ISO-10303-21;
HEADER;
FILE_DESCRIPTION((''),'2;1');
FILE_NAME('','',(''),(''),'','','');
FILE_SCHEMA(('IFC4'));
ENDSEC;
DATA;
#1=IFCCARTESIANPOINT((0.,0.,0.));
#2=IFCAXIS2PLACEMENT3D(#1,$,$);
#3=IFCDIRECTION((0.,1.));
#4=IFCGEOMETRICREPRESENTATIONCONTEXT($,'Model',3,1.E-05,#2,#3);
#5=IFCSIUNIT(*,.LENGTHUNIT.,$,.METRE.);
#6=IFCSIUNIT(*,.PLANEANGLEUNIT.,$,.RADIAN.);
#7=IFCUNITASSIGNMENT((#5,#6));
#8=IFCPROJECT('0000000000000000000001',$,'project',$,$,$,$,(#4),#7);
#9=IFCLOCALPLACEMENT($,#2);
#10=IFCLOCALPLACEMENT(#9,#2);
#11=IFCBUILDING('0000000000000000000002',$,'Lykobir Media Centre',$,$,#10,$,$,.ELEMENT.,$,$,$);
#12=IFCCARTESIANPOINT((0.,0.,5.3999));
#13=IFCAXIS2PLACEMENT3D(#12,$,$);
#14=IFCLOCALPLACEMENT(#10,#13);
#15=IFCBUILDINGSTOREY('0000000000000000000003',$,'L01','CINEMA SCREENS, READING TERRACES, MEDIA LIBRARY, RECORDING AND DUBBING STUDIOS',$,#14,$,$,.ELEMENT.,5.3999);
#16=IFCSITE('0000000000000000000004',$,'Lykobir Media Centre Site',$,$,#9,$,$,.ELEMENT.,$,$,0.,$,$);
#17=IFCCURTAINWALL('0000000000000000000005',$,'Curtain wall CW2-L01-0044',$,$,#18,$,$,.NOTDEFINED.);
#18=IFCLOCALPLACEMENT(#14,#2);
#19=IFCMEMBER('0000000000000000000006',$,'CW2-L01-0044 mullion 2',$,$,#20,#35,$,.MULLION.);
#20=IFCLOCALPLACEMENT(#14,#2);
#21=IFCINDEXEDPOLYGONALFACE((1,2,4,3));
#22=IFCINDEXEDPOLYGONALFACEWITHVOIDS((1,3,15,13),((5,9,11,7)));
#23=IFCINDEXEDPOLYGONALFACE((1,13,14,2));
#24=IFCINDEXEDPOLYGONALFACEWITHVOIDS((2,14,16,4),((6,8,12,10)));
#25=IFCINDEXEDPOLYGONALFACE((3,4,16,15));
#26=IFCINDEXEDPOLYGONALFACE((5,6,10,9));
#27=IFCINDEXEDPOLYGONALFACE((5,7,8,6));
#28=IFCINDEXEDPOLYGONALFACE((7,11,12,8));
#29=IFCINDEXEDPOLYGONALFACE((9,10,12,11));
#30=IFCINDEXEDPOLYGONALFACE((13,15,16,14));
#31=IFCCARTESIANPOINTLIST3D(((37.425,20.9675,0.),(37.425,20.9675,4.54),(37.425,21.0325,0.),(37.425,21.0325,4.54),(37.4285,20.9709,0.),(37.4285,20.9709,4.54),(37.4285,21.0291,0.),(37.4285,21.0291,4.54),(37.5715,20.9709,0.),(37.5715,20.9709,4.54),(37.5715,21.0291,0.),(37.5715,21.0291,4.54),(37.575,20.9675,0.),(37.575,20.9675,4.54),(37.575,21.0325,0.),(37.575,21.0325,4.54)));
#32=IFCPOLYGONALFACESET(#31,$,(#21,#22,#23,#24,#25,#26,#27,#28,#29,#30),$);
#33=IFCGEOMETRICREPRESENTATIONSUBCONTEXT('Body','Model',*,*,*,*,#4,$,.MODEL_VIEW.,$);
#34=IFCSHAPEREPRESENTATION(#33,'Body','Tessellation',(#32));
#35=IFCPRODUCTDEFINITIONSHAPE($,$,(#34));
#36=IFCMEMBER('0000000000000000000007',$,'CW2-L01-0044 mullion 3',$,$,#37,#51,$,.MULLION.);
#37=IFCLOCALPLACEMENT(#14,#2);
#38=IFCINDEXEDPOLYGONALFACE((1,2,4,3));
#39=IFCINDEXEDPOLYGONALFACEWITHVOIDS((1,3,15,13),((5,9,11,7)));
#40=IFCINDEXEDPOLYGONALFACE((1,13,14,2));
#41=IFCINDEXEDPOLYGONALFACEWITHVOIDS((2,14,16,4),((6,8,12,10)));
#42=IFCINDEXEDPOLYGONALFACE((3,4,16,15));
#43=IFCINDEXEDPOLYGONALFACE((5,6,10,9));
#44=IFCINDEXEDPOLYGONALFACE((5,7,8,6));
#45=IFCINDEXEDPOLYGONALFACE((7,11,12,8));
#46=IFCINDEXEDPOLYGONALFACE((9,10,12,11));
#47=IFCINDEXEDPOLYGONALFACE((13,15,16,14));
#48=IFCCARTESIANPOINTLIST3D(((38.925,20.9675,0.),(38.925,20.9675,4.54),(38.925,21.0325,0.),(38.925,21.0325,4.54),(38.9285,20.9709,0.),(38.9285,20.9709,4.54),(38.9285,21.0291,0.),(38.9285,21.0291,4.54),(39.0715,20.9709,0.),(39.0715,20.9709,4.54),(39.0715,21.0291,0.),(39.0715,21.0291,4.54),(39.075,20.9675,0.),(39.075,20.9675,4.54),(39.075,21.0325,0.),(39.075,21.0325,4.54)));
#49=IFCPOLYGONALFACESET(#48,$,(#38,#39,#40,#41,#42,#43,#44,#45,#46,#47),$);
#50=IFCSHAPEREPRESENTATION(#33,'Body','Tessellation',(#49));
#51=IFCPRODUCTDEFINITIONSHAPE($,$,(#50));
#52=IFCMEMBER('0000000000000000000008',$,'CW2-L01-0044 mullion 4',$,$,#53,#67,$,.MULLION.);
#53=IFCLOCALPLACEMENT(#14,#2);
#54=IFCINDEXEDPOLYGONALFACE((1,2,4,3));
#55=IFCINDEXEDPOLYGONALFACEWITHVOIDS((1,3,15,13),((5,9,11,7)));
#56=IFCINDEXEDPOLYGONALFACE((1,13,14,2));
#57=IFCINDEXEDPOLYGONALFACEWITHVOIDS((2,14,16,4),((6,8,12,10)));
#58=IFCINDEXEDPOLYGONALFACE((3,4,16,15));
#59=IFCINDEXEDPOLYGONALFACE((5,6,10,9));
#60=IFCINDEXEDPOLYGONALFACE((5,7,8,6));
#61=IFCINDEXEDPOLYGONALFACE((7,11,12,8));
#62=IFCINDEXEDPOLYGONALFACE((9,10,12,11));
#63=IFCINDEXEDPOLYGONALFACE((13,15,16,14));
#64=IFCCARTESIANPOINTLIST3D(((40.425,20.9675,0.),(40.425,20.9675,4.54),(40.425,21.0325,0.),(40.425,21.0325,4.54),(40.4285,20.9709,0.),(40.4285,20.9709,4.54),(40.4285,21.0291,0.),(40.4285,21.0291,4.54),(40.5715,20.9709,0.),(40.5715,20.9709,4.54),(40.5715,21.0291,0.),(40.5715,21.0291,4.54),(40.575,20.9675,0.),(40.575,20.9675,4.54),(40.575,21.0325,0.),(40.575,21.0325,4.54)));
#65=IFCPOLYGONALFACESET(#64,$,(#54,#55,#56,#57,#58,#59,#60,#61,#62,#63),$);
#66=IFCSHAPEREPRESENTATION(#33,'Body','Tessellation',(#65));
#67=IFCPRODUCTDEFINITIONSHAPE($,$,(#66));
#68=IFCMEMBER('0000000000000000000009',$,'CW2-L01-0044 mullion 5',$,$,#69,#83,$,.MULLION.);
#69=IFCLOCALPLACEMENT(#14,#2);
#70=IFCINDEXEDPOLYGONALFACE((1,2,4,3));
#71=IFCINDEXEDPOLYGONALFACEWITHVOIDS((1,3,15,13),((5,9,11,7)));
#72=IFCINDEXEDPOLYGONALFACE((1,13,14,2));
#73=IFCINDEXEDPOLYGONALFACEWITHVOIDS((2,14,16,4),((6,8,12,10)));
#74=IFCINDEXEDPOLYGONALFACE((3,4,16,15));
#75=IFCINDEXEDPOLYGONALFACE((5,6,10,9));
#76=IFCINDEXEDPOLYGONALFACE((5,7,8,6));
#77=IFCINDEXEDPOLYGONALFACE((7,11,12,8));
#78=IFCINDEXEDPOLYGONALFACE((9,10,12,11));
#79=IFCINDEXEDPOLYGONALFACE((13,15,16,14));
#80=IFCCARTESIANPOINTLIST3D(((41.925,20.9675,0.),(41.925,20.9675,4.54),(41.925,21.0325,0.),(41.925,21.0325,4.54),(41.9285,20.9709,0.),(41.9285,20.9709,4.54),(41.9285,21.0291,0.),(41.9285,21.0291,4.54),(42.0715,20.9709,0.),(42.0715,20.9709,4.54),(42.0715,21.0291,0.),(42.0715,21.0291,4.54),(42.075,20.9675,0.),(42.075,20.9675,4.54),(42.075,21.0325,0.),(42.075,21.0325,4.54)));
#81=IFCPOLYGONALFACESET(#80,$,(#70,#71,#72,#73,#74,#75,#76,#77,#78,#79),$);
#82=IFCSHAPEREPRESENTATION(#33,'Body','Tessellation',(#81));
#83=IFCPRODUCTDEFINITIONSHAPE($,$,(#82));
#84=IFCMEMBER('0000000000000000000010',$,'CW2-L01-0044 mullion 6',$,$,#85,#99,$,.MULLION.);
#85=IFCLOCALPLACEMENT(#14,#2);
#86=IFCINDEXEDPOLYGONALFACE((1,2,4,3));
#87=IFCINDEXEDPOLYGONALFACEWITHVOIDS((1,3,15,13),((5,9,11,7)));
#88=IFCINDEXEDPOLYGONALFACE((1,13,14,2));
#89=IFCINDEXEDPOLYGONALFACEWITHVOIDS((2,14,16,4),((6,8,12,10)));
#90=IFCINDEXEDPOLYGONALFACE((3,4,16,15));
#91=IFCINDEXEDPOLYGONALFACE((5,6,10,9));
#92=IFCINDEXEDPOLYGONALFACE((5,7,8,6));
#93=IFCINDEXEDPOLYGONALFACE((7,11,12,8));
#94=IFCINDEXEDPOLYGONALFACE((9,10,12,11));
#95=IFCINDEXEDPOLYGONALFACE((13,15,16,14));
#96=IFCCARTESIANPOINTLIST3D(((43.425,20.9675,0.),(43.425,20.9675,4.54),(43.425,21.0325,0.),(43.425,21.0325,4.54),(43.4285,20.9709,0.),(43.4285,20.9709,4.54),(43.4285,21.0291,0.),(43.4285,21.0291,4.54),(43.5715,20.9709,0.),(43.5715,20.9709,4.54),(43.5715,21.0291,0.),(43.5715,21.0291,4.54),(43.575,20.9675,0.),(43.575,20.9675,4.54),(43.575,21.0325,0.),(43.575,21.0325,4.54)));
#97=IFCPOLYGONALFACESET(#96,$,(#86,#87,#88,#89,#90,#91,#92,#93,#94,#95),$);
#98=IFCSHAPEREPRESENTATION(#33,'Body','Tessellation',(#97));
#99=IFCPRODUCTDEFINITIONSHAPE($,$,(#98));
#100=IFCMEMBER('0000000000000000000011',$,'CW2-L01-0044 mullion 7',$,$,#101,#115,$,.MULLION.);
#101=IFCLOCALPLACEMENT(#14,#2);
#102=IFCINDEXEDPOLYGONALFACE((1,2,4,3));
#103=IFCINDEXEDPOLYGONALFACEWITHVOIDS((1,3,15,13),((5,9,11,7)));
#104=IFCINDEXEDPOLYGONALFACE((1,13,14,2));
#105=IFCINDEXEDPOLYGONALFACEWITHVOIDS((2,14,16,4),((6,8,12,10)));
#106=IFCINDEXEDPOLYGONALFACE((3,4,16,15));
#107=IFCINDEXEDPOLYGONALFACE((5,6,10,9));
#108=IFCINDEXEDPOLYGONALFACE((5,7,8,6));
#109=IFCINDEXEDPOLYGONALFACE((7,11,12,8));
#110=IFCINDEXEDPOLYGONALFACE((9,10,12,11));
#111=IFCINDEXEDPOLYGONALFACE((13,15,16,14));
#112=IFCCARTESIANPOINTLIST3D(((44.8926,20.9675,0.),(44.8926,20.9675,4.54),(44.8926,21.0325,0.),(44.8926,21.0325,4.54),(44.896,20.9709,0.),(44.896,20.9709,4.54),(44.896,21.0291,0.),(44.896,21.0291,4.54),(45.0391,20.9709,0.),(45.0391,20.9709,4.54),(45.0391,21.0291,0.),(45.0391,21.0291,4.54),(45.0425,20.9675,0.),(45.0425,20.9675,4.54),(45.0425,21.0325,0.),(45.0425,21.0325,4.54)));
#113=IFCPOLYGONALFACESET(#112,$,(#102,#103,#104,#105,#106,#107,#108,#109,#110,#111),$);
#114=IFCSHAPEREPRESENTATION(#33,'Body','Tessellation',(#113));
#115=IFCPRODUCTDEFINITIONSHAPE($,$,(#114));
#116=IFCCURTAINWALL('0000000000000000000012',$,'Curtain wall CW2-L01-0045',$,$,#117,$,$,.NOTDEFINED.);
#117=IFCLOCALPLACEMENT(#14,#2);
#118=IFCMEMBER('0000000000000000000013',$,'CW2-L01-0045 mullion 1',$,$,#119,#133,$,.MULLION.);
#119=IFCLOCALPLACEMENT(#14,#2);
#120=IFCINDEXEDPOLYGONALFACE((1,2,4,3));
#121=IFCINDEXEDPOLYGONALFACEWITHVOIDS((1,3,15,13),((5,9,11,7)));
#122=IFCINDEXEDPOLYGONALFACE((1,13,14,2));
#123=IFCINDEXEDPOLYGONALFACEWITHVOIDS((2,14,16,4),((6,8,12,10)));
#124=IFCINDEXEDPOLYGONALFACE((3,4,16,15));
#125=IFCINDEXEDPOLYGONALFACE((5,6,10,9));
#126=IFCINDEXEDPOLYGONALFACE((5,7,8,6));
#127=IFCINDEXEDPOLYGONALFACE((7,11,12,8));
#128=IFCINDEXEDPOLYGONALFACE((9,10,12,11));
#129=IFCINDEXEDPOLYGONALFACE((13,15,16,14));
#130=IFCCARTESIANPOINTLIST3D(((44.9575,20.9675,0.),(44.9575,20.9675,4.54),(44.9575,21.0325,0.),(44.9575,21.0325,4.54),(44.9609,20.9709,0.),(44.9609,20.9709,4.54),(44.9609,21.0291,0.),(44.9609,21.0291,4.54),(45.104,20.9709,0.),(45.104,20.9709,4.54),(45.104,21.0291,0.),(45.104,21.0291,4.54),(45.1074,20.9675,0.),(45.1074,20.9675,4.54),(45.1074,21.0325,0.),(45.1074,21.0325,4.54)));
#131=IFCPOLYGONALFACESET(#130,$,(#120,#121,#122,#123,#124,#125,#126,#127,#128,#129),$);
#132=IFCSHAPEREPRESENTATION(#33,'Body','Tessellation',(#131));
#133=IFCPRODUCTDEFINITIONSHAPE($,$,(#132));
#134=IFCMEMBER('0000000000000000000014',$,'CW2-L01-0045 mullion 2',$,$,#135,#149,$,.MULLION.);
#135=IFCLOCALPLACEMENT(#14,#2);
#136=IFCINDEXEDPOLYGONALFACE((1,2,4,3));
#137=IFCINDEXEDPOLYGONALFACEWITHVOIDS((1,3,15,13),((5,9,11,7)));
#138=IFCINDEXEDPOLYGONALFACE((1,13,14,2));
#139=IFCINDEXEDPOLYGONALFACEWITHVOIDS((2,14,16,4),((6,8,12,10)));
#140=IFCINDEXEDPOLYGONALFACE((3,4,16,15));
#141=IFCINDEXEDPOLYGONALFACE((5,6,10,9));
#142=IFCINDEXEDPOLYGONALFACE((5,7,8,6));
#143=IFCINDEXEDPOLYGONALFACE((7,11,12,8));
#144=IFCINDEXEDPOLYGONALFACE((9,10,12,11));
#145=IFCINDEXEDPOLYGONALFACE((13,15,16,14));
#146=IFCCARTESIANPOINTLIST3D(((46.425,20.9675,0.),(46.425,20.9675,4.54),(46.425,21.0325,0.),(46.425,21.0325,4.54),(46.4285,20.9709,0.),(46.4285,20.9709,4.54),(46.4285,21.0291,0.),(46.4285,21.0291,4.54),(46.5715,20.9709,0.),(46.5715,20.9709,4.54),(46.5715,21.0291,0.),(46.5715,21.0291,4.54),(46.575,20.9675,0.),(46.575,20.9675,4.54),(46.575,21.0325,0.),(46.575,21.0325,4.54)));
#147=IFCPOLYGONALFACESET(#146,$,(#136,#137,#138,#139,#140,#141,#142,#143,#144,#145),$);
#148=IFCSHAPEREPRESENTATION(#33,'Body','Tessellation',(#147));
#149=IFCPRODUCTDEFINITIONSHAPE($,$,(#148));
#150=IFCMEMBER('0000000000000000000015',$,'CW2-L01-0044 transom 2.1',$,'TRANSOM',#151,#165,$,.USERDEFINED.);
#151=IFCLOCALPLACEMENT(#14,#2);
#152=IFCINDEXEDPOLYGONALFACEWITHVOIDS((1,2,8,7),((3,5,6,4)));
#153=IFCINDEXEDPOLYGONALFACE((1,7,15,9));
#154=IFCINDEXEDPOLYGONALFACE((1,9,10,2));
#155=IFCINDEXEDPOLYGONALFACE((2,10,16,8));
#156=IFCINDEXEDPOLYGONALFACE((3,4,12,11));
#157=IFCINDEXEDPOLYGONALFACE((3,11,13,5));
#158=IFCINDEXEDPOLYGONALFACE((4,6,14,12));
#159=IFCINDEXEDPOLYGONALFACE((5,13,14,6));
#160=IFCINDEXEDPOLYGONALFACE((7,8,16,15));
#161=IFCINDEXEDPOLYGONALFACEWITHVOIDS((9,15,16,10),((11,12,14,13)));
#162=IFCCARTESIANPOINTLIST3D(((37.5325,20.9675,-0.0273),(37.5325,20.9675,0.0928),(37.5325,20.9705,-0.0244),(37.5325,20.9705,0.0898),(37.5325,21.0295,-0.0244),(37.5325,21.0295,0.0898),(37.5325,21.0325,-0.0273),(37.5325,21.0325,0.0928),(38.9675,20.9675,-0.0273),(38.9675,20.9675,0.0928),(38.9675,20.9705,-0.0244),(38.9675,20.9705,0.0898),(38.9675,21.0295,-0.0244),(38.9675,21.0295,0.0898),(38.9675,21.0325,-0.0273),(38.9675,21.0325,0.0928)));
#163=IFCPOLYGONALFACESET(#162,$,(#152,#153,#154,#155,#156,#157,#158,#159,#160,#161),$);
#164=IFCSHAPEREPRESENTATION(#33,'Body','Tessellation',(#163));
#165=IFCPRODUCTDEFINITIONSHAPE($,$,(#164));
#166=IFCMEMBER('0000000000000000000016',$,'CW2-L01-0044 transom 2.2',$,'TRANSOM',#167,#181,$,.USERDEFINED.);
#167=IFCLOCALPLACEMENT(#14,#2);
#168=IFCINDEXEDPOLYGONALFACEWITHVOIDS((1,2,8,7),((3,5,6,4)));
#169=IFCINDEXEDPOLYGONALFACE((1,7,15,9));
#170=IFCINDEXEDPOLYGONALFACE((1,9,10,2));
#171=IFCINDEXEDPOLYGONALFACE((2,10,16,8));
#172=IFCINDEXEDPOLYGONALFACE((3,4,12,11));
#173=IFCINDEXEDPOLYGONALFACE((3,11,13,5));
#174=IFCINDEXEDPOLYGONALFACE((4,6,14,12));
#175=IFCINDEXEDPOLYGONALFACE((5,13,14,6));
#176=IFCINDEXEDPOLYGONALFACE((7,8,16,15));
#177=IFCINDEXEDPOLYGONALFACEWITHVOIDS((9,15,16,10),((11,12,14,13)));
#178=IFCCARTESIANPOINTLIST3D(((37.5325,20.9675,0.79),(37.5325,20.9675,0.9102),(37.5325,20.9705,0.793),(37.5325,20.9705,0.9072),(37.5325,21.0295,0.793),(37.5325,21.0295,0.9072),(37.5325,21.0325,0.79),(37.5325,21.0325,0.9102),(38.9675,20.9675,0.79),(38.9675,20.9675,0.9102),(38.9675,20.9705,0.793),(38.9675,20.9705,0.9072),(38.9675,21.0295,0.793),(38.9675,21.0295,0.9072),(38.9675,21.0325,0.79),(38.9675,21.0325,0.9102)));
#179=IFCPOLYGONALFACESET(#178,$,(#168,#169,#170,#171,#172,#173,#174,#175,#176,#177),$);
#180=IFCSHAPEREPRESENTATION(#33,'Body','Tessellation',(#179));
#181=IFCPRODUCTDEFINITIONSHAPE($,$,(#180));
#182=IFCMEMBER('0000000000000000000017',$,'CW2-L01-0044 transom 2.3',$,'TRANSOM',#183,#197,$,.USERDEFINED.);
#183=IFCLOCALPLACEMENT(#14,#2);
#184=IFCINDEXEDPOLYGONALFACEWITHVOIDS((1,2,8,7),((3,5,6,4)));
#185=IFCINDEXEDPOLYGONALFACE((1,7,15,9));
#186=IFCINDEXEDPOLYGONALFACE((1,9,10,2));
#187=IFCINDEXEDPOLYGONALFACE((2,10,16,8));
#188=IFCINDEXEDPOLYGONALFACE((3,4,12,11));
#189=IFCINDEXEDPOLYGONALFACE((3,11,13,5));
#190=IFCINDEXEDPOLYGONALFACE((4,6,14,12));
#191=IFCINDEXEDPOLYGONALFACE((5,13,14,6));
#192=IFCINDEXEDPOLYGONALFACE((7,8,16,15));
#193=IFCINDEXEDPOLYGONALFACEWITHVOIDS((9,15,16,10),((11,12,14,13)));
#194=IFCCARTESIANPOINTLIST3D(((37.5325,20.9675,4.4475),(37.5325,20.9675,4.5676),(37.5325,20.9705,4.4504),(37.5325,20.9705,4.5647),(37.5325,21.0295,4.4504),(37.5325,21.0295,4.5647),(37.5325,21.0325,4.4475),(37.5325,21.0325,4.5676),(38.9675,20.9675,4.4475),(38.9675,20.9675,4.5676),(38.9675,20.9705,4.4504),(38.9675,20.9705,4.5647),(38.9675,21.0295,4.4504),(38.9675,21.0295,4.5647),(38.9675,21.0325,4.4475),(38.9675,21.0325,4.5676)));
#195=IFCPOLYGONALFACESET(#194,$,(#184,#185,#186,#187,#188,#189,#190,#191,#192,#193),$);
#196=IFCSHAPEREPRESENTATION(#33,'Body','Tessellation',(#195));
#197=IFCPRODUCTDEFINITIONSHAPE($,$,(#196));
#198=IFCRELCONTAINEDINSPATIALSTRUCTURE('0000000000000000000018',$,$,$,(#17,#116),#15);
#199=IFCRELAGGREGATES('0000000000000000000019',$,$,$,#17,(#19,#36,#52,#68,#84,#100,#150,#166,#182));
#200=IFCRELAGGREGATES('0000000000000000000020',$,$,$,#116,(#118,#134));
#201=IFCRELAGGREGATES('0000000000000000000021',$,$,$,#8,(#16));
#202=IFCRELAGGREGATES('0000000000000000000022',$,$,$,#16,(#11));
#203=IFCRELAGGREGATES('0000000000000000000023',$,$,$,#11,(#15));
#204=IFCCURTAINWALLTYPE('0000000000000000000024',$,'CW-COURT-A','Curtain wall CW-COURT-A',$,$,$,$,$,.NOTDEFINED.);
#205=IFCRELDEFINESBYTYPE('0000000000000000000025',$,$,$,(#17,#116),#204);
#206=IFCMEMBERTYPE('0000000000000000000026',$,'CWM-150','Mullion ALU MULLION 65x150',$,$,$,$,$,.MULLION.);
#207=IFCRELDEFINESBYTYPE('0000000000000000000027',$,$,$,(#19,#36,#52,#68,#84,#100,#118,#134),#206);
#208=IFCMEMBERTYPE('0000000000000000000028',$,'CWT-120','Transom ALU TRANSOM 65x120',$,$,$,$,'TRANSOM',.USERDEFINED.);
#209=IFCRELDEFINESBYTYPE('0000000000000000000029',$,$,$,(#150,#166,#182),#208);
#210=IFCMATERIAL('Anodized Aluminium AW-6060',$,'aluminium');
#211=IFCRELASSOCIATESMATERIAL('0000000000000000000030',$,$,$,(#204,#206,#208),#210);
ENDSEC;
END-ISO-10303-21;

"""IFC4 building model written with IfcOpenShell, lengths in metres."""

from ifc_helpers import new_model, si_unit, direction, frame, origin, origin_2d, place, context, subcontext, project, spatial, hollow_rectangle, extrude, material, material_profile, profile_set, type_object, element, aggregate, save


model = new_model("IFC4")

# Units and contexts
model_context = context("Model", 3, precision=1e-05, world=origin(), true_north=direction((0.0, 1.0)))
body_context = subcontext(model_context, "Body", "Model", "MODEL_VIEW")
ifc_project = project(units=[si_unit("LENGTHUNIT", "METRE"), si_unit("PLANEANGLEUNIT", "RADIAN")], contexts=[model_context])

# Site, building, storey
site_placement = place(None, origin())
site = spatial("IfcSite", under=ifc_project, at=site_placement, Name="Lykobir Media Centre Site", CompositionType="ELEMENT", RefElevation=0.0)
building_placement = place(site_placement, origin())
building = spatial("IfcBuilding", under=site, at=building_placement, Name="Lykobir Media Centre", CompositionType="ELEMENT")
storey_placement = place(building_placement, frame((0.0, 0.0, 5.3999)))
storey = spatial("IfcBuildingStorey", under=building, at=storey_placement, Name="L01", Description="CINEMA SCREENS, READING TERRACES, MEDIA LIBRARY, RECORDING AND DUBBING STUDIOS", CompositionType="ELEMENT", Elevation=5.3999)

# Curtain walls, members
ifc_material_1 = material(Name="Anodized Aluminium AW-6060", Category="aluminium")
curtain_wall_type = type_object("IfcCurtainWallType", Name="CW-COURT-A", Description="Curtain wall CW-COURT-A", PredefinedType="NOTDEFINED", material=ifc_material_1)
curtain_wall_1_placement = place(storey_placement, origin())
curtain_wall_1 = element("IfcCurtainWall", 1, at=curtain_wall_1_placement, inside=storey, type_object=curtain_wall_type, Name="Curtain wall CW2-L01-0044", PredefinedType="NOTDEFINED")
ifc_material_profile_1 = material_profile(ifc_material_1, hollow_rectangle(XDim=0.0649, YDim=0.1499, WallThickness=0.0034, at=origin_2d()), Name="ALU MULLION 65x150")
ifc_profile_set_1 = profile_set([ifc_material_profile_1], Name="Anodized Aluminium AW-6060")
member_type_1 = type_object("IfcMemberType", Name="CWM-150", Description="Mullion ALU MULLION 65x150", PredefinedType="MULLION", material=ifc_profile_set_1)
member_1_placement = place(storey_placement, frame((37.5, 21.0, 0.0), z_axis=(0.0, 0.0, 1.0), x_axis=(0.0, 1.0, 0.0)))
member_1 = element("IfcMember", 2, at=member_1_placement, type_object=member_type_1, Name="CW2-L01-0044 mullion 2", PredefinedType="MULLION", context=body_context, shape_type="SweptSolid", body=[
    extrude(hollow_rectangle(XDim=0.0649, YDim=0.1499, WallThickness=0.0034, at=origin_2d()), origin(), (0.0, 0.0, 1.0), 4.54),
])
member_2_placement = place(storey_placement, frame((39.0, 21.0, 0.0), z_axis=(0.0, 0.0, 1.0), x_axis=(0.0, 1.0, 0.0)))
member_2 = element("IfcMember", 3, at=member_2_placement, type_object=member_type_1, Name="CW2-L01-0044 mullion 3", PredefinedType="MULLION", context=body_context, shape_type="SweptSolid", body=[
    extrude(hollow_rectangle(XDim=0.0649, YDim=0.1499, WallThickness=0.0034, at=origin_2d()), origin(), (0.0, 0.0, 1.0), 4.54),
])
member_3_placement = place(storey_placement, frame((40.5, 21.0, 0.0), z_axis=(0.0, 0.0, 1.0), x_axis=(0.0, 1.0, 0.0)))
member_3 = element("IfcMember", 4, at=member_3_placement, type_object=member_type_1, Name="CW2-L01-0044 mullion 4", PredefinedType="MULLION", context=body_context, shape_type="SweptSolid", body=[
    extrude(hollow_rectangle(XDim=0.0649, YDim=0.1499, WallThickness=0.0034, at=origin_2d()), origin(), (0.0, 0.0, 1.0), 4.54),
])
member_4_placement = place(storey_placement, frame((42.0, 21.0, 0.0), z_axis=(0.0, 0.0, 1.0), x_axis=(0.0, 1.0, 0.0)))
member_4 = element("IfcMember", 5, at=member_4_placement, type_object=member_type_1, Name="CW2-L01-0044 mullion 5", PredefinedType="MULLION", context=body_context, shape_type="SweptSolid", body=[
    extrude(hollow_rectangle(XDim=0.0649, YDim=0.1499, WallThickness=0.0034, at=origin_2d()), origin(), (0.0, 0.0, 1.0), 4.54),
])
member_5_placement = place(storey_placement, frame((43.5, 21.0, 0.0), z_axis=(0.0, 0.0, 1.0), x_axis=(0.0, 1.0, 0.0)))
member_5 = element("IfcMember", 6, at=member_5_placement, type_object=member_type_1, Name="CW2-L01-0044 mullion 6", PredefinedType="MULLION", context=body_context, shape_type="SweptSolid", body=[
    extrude(hollow_rectangle(XDim=0.0649, YDim=0.1499, WallThickness=0.0034, at=origin_2d()), origin(), (0.0, 0.0, 1.0), 4.54),
])
member_6_placement = place(storey_placement, frame((44.9675, 21.0, 0.0), z_axis=(0.0, 0.0, 1.0), x_axis=(0.0, 1.0, 0.0)))
member_6 = element("IfcMember", 7, at=member_6_placement, type_object=member_type_1, Name="CW2-L01-0044 mullion 7", PredefinedType="MULLION", context=body_context, shape_type="SweptSolid", body=[
    extrude(hollow_rectangle(XDim=0.0649, YDim=0.1499, WallThickness=0.0034, at=origin_2d()), origin(), (0.0, 0.0, 1.0), 4.54),
])
curtain_wall_2_placement = place(storey_placement, origin())
curtain_wall_2 = element("IfcCurtainWall", 8, at=curtain_wall_2_placement, inside=storey, type_object=curtain_wall_type, Name="Curtain wall CW2-L01-0045", PredefinedType="NOTDEFINED")
member_7_placement = place(storey_placement, frame((45.0325, 21.0, 0.0), z_axis=(0.0, 0.0, 1.0), x_axis=(0.0, 1.0, 0.0)))
member_7 = element("IfcMember", 9, at=member_7_placement, type_object=member_type_1, Name="CW2-L01-0045 mullion 1", PredefinedType="MULLION", context=body_context, shape_type="SweptSolid", body=[
    extrude(hollow_rectangle(XDim=0.0649, YDim=0.1499, WallThickness=0.0034, at=origin_2d()), origin(), (0.0, 0.0, 1.0), 4.54),
])
member_8_placement = place(storey_placement, frame((46.5, 21.0, 0.0), z_axis=(0.0, 0.0, 1.0), x_axis=(0.0, 1.0, 0.0)))
member_8 = element("IfcMember", 10, at=member_8_placement, type_object=member_type_1, Name="CW2-L01-0045 mullion 2", PredefinedType="MULLION", context=body_context, shape_type="SweptSolid", body=[
    extrude(hollow_rectangle(XDim=0.0649, YDim=0.1499, WallThickness=0.0034, at=origin_2d()), origin(), (0.0, 0.0, 1.0), 4.54),
])

# Members
ifc_material_profile_2 = material_profile(ifc_material_1, hollow_rectangle(XDim=0.0649, YDim=0.1201, WallThickness=0.0029, at=origin_2d()), Name="ALU TRANSOM 65x120")
ifc_profile_set_2 = profile_set([ifc_material_profile_2], Name="Anodized Aluminium AW-6060")
member_type_2 = type_object("IfcMemberType", Name="CWT-120", Description="Transom ALU TRANSOM 65x120", ElementType="TRANSOM", PredefinedType="USERDEFINED", material=ifc_profile_set_2)
member_9_placement = place(storey_placement, frame((37.5325, 21.0, 0.0327), z_axis=(1.0, 0.0, 0.0), x_axis=(0.0, 1.0, 0.0)))
member_9 = element("IfcMember", 11, at=member_9_placement, type_object=member_type_2, Name="CW2-L01-0044 transom 2.1", ObjectType="TRANSOM", PredefinedType="USERDEFINED", context=body_context, shape_type="SweptSolid", body=[
    extrude(hollow_rectangle(XDim=0.0649, YDim=0.1201, WallThickness=0.0029, at=origin_2d()), origin(), (0.0, 0.0, 1.0), 1.4351),
])
member_10_placement = place(storey_placement, frame((37.5325, 21.0, 0.8501), z_axis=(1.0, 0.0, 0.0), x_axis=(0.0, 1.0, 0.0)))
member_10 = element("IfcMember", 12, at=member_10_placement, type_object=member_type_2, Name="CW2-L01-0044 transom 2.2", ObjectType="TRANSOM", PredefinedType="USERDEFINED", context=body_context, shape_type="SweptSolid", body=[
    extrude(hollow_rectangle(XDim=0.0649, YDim=0.1201, WallThickness=0.0029, at=origin_2d()), origin(), (0.0, 0.0, 1.0), 1.4351),
])
member_11_placement = place(storey_placement, frame((37.5325, 21.0, 4.5076), z_axis=(1.0, 0.0, 0.0), x_axis=(0.0, 1.0, 0.0)))
member_11 = element("IfcMember", 13, at=member_11_placement, type_object=member_type_2, Name="CW2-L01-0044 transom 2.3", ObjectType="TRANSOM", PredefinedType="USERDEFINED", context=body_context, shape_type="SweptSolid", body=[
    extrude(hollow_rectangle(XDim=0.0649, YDim=0.1201, WallThickness=0.0029, at=origin_2d()), origin(), (0.0, 0.0, 1.0), 1.4351),
])

aggregate(curtain_wall_1, [member_1, member_2, member_3, member_4, member_5, member_6, member_9, member_10, member_11])
aggregate(curtain_wall_2, [member_7, member_8])

save(model, "model.ifc")
